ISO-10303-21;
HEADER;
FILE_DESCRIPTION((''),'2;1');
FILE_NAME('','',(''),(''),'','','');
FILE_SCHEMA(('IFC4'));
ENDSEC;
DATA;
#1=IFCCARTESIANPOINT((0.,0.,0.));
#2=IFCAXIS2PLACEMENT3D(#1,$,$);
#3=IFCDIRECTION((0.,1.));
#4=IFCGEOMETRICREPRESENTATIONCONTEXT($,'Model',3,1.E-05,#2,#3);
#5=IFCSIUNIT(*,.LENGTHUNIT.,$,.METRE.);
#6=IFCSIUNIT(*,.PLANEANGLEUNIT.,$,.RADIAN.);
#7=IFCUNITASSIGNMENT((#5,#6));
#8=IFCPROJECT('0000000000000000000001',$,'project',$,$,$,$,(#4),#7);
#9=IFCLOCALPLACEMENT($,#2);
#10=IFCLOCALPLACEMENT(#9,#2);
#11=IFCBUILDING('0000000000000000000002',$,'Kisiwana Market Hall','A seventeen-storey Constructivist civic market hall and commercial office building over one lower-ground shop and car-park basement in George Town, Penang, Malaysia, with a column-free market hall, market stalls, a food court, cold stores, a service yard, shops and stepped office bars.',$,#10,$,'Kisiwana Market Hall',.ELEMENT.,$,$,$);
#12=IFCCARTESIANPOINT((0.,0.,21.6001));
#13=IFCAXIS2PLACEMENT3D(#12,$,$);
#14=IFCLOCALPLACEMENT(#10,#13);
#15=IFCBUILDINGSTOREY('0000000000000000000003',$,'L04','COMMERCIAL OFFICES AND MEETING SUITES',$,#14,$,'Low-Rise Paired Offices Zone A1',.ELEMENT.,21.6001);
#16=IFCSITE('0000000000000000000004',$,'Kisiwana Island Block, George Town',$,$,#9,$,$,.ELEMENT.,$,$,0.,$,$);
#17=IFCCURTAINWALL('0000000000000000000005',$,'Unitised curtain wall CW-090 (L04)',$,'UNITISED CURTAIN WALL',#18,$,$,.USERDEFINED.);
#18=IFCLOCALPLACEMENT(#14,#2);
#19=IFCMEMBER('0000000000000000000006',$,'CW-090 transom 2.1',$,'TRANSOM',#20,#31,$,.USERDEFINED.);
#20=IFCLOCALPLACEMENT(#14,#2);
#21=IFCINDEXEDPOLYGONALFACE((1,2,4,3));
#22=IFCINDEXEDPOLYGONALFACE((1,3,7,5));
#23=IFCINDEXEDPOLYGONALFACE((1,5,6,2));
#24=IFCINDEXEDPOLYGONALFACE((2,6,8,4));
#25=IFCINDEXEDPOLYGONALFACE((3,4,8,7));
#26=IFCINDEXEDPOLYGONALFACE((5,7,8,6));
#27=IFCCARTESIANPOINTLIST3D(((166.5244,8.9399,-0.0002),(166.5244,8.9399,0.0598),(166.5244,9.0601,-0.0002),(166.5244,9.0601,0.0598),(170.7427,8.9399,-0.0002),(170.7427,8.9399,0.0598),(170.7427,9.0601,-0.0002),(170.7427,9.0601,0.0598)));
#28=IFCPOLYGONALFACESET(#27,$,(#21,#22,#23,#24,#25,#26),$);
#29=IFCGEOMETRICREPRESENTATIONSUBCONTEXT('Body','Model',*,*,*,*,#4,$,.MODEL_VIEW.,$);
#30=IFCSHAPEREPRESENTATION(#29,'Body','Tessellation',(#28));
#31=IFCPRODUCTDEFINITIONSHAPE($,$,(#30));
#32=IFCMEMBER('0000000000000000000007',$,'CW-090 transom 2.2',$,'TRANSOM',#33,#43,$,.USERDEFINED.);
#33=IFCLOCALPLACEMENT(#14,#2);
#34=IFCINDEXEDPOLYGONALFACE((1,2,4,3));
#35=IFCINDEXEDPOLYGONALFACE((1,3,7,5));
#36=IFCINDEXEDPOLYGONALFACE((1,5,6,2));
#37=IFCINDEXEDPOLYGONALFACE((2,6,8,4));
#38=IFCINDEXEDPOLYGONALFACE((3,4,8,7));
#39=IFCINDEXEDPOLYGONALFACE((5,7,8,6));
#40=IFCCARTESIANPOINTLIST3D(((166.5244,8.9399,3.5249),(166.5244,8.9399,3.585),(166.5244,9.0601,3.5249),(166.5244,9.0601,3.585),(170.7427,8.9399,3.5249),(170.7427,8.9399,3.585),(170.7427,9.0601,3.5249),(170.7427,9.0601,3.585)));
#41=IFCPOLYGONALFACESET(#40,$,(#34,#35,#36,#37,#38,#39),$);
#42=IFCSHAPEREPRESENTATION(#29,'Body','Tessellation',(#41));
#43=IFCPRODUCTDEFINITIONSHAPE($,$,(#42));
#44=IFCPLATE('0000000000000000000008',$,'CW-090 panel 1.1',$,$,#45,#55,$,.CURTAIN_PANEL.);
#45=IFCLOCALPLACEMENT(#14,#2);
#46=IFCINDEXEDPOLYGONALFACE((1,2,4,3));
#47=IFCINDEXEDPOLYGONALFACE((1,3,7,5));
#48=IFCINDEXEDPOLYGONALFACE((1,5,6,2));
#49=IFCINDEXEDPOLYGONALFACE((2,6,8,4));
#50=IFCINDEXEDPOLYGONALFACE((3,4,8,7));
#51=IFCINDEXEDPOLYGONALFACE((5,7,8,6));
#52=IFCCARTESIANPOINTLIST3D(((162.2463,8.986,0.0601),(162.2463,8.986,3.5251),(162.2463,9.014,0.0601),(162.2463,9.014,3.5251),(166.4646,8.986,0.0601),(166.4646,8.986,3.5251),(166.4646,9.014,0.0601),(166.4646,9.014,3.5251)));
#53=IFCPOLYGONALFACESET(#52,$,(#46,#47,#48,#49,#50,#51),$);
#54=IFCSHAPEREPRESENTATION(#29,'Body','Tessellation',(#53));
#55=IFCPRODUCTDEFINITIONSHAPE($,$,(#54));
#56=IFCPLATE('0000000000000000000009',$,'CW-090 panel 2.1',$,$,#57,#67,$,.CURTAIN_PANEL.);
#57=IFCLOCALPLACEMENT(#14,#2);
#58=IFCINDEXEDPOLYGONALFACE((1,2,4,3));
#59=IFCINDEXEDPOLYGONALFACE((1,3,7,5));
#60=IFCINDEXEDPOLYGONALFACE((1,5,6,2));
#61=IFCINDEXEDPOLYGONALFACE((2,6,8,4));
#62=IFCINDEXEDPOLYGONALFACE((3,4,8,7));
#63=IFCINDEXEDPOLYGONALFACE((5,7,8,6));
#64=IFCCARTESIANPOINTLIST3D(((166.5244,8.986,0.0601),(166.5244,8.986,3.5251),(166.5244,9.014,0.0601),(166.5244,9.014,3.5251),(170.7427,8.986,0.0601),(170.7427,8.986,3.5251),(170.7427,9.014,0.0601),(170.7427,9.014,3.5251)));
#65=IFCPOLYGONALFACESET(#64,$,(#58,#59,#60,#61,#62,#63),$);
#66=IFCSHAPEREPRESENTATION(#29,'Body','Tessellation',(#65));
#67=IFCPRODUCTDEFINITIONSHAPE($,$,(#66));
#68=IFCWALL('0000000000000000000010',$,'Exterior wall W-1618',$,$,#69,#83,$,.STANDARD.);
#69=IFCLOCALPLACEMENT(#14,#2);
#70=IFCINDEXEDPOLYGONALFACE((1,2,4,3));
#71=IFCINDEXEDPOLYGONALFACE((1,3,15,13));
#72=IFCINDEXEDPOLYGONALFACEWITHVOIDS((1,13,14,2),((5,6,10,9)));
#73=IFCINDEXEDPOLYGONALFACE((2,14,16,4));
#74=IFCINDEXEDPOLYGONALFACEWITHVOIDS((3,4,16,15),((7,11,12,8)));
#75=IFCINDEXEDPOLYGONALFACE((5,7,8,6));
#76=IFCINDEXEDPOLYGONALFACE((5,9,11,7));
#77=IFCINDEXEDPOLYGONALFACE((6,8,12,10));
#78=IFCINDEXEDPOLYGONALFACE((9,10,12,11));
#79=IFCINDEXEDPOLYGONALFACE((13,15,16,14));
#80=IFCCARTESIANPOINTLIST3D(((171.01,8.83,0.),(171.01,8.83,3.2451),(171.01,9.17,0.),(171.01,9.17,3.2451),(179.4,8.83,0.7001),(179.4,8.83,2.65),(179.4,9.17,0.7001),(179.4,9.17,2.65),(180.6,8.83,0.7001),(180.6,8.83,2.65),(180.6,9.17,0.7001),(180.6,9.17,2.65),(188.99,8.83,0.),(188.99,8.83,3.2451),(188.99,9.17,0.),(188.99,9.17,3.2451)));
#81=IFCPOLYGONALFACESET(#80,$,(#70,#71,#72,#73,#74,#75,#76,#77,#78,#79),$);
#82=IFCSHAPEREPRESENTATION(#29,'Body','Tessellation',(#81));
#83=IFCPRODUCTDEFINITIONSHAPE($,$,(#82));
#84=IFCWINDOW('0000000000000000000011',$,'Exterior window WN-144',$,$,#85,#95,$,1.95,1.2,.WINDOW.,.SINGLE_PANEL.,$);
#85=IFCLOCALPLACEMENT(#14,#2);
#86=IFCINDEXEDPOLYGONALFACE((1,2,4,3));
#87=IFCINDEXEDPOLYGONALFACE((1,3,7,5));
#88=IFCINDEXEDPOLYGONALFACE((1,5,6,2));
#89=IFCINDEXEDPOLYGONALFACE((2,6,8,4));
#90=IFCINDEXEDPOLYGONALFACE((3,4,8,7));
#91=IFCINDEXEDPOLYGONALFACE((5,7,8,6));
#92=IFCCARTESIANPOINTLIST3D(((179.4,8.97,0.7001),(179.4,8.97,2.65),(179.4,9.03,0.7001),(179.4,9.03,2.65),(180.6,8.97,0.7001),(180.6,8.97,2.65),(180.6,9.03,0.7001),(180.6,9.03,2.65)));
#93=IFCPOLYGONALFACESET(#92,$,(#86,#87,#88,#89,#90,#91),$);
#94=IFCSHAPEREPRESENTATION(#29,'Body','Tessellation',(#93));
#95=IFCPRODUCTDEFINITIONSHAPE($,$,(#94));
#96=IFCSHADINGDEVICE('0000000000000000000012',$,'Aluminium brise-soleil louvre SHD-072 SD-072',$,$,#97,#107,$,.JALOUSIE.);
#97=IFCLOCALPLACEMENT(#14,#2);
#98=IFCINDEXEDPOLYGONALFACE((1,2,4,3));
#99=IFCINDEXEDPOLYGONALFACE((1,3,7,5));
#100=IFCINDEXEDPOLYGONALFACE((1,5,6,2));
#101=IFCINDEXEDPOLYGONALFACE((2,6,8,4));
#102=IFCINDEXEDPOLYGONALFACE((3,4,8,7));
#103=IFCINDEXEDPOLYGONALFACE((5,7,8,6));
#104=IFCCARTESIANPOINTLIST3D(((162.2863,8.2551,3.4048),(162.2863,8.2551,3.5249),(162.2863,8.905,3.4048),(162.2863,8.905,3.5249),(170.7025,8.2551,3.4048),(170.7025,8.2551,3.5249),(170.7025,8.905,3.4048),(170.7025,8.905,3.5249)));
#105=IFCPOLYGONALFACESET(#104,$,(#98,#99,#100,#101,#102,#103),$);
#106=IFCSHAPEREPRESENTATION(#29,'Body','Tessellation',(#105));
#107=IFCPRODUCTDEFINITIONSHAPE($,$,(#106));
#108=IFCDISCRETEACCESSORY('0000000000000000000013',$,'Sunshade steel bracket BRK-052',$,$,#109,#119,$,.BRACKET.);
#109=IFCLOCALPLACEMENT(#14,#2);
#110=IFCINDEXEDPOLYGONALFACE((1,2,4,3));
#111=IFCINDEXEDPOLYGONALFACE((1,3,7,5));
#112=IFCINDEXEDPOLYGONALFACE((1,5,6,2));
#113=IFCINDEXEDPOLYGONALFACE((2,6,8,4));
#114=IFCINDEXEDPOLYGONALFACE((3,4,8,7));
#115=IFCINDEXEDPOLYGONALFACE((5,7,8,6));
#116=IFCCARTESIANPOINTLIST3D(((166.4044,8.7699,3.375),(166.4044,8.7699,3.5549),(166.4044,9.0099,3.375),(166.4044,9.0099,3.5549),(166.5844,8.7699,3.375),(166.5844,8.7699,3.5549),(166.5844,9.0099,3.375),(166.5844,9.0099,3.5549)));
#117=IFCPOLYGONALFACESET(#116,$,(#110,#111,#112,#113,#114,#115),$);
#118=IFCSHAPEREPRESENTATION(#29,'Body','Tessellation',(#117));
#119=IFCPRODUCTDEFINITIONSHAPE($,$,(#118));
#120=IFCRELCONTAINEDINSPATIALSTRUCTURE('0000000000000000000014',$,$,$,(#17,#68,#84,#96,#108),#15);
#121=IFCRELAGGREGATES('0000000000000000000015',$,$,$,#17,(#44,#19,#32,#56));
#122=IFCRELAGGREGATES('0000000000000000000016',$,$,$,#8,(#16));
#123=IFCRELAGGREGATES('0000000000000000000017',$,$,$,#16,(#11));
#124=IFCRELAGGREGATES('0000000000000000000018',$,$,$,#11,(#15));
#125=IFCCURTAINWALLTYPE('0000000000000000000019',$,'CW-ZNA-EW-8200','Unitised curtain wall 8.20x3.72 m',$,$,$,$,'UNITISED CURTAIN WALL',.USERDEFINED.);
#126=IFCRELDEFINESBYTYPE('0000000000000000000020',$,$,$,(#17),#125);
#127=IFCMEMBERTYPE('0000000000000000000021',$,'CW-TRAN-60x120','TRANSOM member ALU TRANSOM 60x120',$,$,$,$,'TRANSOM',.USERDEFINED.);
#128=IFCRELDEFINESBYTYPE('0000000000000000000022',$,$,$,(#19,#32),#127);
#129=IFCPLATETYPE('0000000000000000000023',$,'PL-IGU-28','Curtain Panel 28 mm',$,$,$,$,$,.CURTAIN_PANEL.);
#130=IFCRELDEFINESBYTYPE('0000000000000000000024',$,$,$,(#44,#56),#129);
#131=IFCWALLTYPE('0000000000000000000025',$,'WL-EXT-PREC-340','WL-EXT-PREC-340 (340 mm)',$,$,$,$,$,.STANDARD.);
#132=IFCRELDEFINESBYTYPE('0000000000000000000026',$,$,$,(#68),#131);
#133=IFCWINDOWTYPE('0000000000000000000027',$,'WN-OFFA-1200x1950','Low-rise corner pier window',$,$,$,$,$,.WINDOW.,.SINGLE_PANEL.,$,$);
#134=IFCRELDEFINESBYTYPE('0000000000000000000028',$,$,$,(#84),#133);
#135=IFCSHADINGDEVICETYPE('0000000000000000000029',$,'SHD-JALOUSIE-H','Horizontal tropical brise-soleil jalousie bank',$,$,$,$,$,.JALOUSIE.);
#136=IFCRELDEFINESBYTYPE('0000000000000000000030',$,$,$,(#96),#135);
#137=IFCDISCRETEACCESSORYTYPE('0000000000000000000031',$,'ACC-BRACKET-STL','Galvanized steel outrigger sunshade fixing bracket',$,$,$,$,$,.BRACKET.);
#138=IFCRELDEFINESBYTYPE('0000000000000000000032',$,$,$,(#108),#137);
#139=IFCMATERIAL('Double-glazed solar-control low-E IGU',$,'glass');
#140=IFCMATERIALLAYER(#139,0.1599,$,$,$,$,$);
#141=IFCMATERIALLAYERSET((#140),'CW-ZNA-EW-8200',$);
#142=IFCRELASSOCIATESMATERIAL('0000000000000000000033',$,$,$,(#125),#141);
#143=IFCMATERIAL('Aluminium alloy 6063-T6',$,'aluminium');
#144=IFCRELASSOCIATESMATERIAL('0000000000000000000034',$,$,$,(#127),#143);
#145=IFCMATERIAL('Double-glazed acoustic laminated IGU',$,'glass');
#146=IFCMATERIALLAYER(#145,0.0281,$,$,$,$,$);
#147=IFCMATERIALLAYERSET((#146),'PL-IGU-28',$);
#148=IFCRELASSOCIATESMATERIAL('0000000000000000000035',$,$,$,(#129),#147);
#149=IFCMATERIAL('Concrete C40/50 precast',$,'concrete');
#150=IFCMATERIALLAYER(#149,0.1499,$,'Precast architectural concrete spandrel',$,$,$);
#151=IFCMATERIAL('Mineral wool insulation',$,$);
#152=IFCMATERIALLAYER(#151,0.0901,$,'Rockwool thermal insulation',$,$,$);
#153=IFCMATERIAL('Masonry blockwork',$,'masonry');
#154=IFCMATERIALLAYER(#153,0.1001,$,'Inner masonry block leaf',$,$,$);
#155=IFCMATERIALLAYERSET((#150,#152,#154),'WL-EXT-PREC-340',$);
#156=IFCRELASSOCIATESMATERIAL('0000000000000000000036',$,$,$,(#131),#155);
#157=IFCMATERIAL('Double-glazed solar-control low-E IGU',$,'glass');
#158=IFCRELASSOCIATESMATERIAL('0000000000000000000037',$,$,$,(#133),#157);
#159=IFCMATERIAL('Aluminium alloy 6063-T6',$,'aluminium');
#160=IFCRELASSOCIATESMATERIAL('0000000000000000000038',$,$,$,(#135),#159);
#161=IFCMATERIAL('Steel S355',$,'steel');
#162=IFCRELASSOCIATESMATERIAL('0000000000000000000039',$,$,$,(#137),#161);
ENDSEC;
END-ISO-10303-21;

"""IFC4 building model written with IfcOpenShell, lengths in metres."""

from ifc_helpers import new_model, si_unit, direction, frame, frame_2d, origin, origin_2d, place, context, subcontext, project, spatial, rectangle, extrude, material, layer, layer_set, material_profile, profile_set, type_object, element, fill, aggregate, save


model = new_model("IFC4")

# Units and contexts
model_context = context("Model", 3, precision=1e-05, world=origin(), true_north=direction((0.0, 1.0)))
body_context = subcontext(model_context, "Body", "Model", "MODEL_VIEW")
ifc_project = project(units=[si_unit("LENGTHUNIT", "METRE"), si_unit("PLANEANGLEUNIT", "RADIAN")], contexts=[model_context])

# Site, building, storey
site_placement = place(None, origin())
site = spatial("IfcSite", under=ifc_project, at=site_placement, Name="Kisiwana Island Block, George Town", CompositionType="ELEMENT", RefElevation=0.0)
building_placement = place(site_placement, origin())
building = spatial("IfcBuilding", under=site, at=building_placement, Name="Kisiwana Market Hall", Description="A seventeen-storey Constructivist civic market hall and commercial office building over one lower-ground shop and car-park basement in George Town, Penang, Malaysia, with a column-free market hall, market stalls, a food court, cold stores, a service yard, shops and stepped office bars.", LongName="Kisiwana Market Hall", CompositionType="ELEMENT")
storey_placement = place(building_placement, frame((0.0, 0.0, 21.6001)))
storey = spatial("IfcBuildingStorey", under=building, at=storey_placement, Name="L04", Description="COMMERCIAL OFFICES AND MEETING SUITES", LongName="Low-Rise Paired Offices Zone A1", CompositionType="ELEMENT", Elevation=21.6001)

# Curtain wall, members, plates
ifc_material_1 = material(Name="Double-glazed solar-control low-E IGU", Category="glass")
ifc_layer_1 = layer(ifc_material_1, 0.1599)
ifc_layer_set_1 = layer_set([ifc_layer_1], Name="CW-ZNA-EW-8200")
curtain_wall_type = type_object("IfcCurtainWallType", Name="CW-ZNA-EW-8200", Description="Unitised curtain wall 8.20x3.72 m", ElementType="UNITISED CURTAIN WALL", PredefinedType="USERDEFINED", material=ifc_layer_set_1)
curtain_wall_placement = place(storey_placement, origin())
curtain_wall = element("IfcCurtainWall", 1, at=curtain_wall_placement, inside=storey, type_object=curtain_wall_type, Name="Unitised curtain wall CW-090 (L04)", ObjectType="UNITISED CURTAIN WALL", PredefinedType="USERDEFINED")
ifc_material_2 = material(Name="Aluminium alloy 6063-T6", Category="aluminium")
ifc_material_profile_1 = material_profile(ifc_material_2, rectangle(XDim=0.1201, YDim=0.0601, at=origin_2d()), Name="ALU TRANSOM 60x120")
ifc_profile_set_1 = profile_set([ifc_material_profile_1], Name="Aluminium alloy 6063-T6")
member_type_1 = type_object("IfcMemberType", Name="CW-TRAN-60x120", Description="TRANSOM member ALU TRANSOM 60x120", ElementType="TRANSOM", PredefinedType="USERDEFINED", material=ifc_profile_set_1)
member_1_placement = place(storey_placement, frame((166.5244, 9.0, 0.0298), z_axis=(1.0, 0.0, 0.0), x_axis=(0.0, 1.0, 0.0)))
member_1 = element("IfcMember", 2, at=member_1_placement, type_object=member_type_1, Name="CW-090 transom 2.1", ObjectType="TRANSOM", PredefinedType="USERDEFINED", context=body_context, shape_type="SweptSolid", body=[
    extrude(rectangle(XDim=0.1201, YDim=0.0601, at=origin_2d()), origin(), (0.0, 0.0, 1.0), 4.2183),
])
member_2_placement = place(storey_placement, frame((166.5244, 9.0, 3.5549), z_axis=(1.0, 0.0, 0.0), x_axis=(0.0, 1.0, 0.0)))
member_2 = element("IfcMember", 3, at=member_2_placement, type_object=member_type_1, Name="CW-090 transom 2.2", ObjectType="TRANSOM", PredefinedType="USERDEFINED", context=body_context, shape_type="SweptSolid", body=[
    extrude(rectangle(XDim=0.1201, YDim=0.0601, at=origin_2d()), origin(), (0.0, 0.0, 1.0), 4.2183),
])
ifc_material_3 = material(Name="Double-glazed acoustic laminated IGU", Category="glass")
ifc_layer_2 = layer(ifc_material_3, 0.0281)
ifc_layer_set_2 = layer_set([ifc_layer_2], Name="PL-IGU-28")
plate_type = type_object("IfcPlateType", Name="PL-IGU-28", Description="Curtain Panel 28 mm", PredefinedType="CURTAIN_PANEL", material=ifc_layer_set_2)
plate_1_placement = place(storey_placement, frame((164.3555, 9.0, 0.0601), z_axis=(0.0, 0.0, 1.0), x_axis=(1.0, 0.0, 0.0)))
plate_1 = element("IfcPlate", 4, at=plate_1_placement, type_object=plate_type, Name="CW-090 panel 1.1", PredefinedType="CURTAIN_PANEL", context=body_context, shape_type="SweptSolid", body=[
    extrude(rectangle(XDim=4.2183, YDim=0.0281, at=origin_2d()), origin(), (0.0, 0.0, 1.0), 3.4651),
])
plate_2_placement = place(storey_placement, frame((168.6335, 9.0, 0.0601), z_axis=(0.0, 0.0, 1.0), x_axis=(1.0, 0.0, 0.0)))
plate_2 = element("IfcPlate", 5, at=plate_2_placement, type_object=plate_type, Name="CW-090 panel 2.1", PredefinedType="CURTAIN_PANEL", context=body_context, shape_type="SweptSolid", body=[
    extrude(rectangle(XDim=4.2183, YDim=0.0281, at=origin_2d()), origin(), (0.0, 0.0, 1.0), 3.4651),
])
aggregate(curtain_wall, [plate_1, member_1, member_2, plate_2])

# Wall, opening, window
ifc_material_4 = material(Name="Concrete C40/50 precast", Category="concrete")
ifc_layer_3 = layer(ifc_material_4, 0.1499, Name="Precast architectural concrete spandrel")
ifc_material_5 = material(Name="Mineral wool insulation")
ifc_layer_4 = layer(ifc_material_5, 0.0901, Name="Rockwool thermal insulation")
ifc_material_6 = material(Name="Masonry blockwork", Category="masonry")
ifc_layer_5 = layer(ifc_material_6, 0.1001, Name="Inner masonry block leaf")
ifc_layer_set_3 = layer_set([ifc_layer_3, ifc_layer_4, ifc_layer_5], Name="WL-EXT-PREC-340")
wall_type = type_object("IfcWallType", Name="WL-EXT-PREC-340", Description="WL-EXT-PREC-340 (340 mm)", PredefinedType="STANDARD", material=ifc_layer_set_3)
wall_placement = place(storey_placement, frame((171.01, 9.0, 0.0), z_axis=(0.0, 0.0, 1.0), x_axis=(1.0, 0.0, 0.0)))
wall = element("IfcWall", 6, at=wall_placement, inside=storey, type_object=wall_type, Name="Exterior wall W-1618", PredefinedType="STANDARD", context=body_context, shape_type="SweptSolid", body=[
    extrude(rectangle(XDim=17.98, YDim=0.3401, at=frame_2d((8.99, 0.0))), origin(), (0.0, 0.0, 1.0), 3.2451),
])
opening_placement = place(wall_placement, frame((8.3899, 0.0, 0.7)))
opening = element("IfcOpeningElement", 7, at=opening_placement, cuts=wall, PredefinedType="OPENING", context=body_context, shape_type="SweptSolid", body=[
    extrude(rectangle(XDim=1.2, YDim=1.95, at=frame_2d((0.6001, 0.9751))), frame((0.0, 0.1821, 0.0), z_axis=(0.0, -1.0, 0.0), x_axis=(1.0, 0.0, 0.0)), (0.0, 0.0, 1.0), 0.364),
])
ifc_material_7 = material(Name="Double-glazed solar-control low-E IGU", Category="glass")
window_type = type_object("IfcWindowType", Name="WN-OFFA-1200x1950", Description="Low-rise corner pier window", PartitioningType="SINGLE_PANEL", PredefinedType="WINDOW", material=ifc_material_7)
window_placement = place(opening_placement, origin())
window = element("IfcWindow", 8, at=window_placement, inside=storey, type_object=window_type, Name="Exterior window WN-144", OverallHeight=1.95, OverallWidth=1.2, PartitioningType="SINGLE_PANEL", PredefinedType="WINDOW", context=body_context, shape_type="SweptSolid", body=[
    extrude(rectangle(XDim=1.2, YDim=1.95, at=frame_2d((0.6001, 0.9751))), frame((0.0, 0.03, 0.0), z_axis=(0.0, -1.0, 0.0), x_axis=(1.0, 0.0, 0.0)), (0.0, 0.0, 1.0), 0.0601),
])
fill(opening, window)

# Shading device
ifc_material_8 = material(Name="Aluminium alloy 6063-T6", Category="aluminium")
shading_device_type = type_object("IfcShadingDeviceType", Name="SHD-JALOUSIE-H", Description="Horizontal tropical brise-soleil jalousie bank", PredefinedType="JALOUSIE", material=ifc_material_8)
shading_device_placement = place(storey_placement, frame((166.4944, 8.5801, 3.4048), z_axis=(0.0, 0.0, 1.0), x_axis=(1.0, 0.0, 0.0)))
element("IfcShadingDevice", 9, at=shading_device_placement, inside=storey, type_object=shading_device_type, Name="Aluminium brise-soleil louvre SHD-072 SD-072", PredefinedType="JALOUSIE", context=body_context, shape_type="SweptSolid", body=[
    extrude(rectangle(XDim=8.4163, YDim=0.6499, at=origin_2d()), origin(), (0.0, 0.0, 1.0), 0.1201),
])

# Discrete accessory
ifc_material_9 = material(Name="Steel S355", Category="steel")
discrete_accessory_type = type_object("IfcDiscreteAccessoryType", Name="ACC-BRACKET-STL", Description="Galvanized steel outrigger sunshade fixing bracket", PredefinedType="BRACKET", material=ifc_material_9)
discrete_accessory_placement = place(storey_placement, frame((166.4944, 8.8899, 3.375), z_axis=(0.0, 0.0, 1.0), x_axis=(1.0, 0.0, 0.0)))
element("IfcDiscreteAccessory", 10, at=discrete_accessory_placement, inside=storey, type_object=discrete_accessory_type, Name="Sunshade steel bracket BRK-052", PredefinedType="BRACKET", context=body_context, shape_type="SweptSolid", body=[
    extrude(rectangle(XDim=0.1799, YDim=0.24, at=origin_2d()), origin(), (0.0, 0.0, 1.0), 0.1799),
])

save(model, "model.ifc")
